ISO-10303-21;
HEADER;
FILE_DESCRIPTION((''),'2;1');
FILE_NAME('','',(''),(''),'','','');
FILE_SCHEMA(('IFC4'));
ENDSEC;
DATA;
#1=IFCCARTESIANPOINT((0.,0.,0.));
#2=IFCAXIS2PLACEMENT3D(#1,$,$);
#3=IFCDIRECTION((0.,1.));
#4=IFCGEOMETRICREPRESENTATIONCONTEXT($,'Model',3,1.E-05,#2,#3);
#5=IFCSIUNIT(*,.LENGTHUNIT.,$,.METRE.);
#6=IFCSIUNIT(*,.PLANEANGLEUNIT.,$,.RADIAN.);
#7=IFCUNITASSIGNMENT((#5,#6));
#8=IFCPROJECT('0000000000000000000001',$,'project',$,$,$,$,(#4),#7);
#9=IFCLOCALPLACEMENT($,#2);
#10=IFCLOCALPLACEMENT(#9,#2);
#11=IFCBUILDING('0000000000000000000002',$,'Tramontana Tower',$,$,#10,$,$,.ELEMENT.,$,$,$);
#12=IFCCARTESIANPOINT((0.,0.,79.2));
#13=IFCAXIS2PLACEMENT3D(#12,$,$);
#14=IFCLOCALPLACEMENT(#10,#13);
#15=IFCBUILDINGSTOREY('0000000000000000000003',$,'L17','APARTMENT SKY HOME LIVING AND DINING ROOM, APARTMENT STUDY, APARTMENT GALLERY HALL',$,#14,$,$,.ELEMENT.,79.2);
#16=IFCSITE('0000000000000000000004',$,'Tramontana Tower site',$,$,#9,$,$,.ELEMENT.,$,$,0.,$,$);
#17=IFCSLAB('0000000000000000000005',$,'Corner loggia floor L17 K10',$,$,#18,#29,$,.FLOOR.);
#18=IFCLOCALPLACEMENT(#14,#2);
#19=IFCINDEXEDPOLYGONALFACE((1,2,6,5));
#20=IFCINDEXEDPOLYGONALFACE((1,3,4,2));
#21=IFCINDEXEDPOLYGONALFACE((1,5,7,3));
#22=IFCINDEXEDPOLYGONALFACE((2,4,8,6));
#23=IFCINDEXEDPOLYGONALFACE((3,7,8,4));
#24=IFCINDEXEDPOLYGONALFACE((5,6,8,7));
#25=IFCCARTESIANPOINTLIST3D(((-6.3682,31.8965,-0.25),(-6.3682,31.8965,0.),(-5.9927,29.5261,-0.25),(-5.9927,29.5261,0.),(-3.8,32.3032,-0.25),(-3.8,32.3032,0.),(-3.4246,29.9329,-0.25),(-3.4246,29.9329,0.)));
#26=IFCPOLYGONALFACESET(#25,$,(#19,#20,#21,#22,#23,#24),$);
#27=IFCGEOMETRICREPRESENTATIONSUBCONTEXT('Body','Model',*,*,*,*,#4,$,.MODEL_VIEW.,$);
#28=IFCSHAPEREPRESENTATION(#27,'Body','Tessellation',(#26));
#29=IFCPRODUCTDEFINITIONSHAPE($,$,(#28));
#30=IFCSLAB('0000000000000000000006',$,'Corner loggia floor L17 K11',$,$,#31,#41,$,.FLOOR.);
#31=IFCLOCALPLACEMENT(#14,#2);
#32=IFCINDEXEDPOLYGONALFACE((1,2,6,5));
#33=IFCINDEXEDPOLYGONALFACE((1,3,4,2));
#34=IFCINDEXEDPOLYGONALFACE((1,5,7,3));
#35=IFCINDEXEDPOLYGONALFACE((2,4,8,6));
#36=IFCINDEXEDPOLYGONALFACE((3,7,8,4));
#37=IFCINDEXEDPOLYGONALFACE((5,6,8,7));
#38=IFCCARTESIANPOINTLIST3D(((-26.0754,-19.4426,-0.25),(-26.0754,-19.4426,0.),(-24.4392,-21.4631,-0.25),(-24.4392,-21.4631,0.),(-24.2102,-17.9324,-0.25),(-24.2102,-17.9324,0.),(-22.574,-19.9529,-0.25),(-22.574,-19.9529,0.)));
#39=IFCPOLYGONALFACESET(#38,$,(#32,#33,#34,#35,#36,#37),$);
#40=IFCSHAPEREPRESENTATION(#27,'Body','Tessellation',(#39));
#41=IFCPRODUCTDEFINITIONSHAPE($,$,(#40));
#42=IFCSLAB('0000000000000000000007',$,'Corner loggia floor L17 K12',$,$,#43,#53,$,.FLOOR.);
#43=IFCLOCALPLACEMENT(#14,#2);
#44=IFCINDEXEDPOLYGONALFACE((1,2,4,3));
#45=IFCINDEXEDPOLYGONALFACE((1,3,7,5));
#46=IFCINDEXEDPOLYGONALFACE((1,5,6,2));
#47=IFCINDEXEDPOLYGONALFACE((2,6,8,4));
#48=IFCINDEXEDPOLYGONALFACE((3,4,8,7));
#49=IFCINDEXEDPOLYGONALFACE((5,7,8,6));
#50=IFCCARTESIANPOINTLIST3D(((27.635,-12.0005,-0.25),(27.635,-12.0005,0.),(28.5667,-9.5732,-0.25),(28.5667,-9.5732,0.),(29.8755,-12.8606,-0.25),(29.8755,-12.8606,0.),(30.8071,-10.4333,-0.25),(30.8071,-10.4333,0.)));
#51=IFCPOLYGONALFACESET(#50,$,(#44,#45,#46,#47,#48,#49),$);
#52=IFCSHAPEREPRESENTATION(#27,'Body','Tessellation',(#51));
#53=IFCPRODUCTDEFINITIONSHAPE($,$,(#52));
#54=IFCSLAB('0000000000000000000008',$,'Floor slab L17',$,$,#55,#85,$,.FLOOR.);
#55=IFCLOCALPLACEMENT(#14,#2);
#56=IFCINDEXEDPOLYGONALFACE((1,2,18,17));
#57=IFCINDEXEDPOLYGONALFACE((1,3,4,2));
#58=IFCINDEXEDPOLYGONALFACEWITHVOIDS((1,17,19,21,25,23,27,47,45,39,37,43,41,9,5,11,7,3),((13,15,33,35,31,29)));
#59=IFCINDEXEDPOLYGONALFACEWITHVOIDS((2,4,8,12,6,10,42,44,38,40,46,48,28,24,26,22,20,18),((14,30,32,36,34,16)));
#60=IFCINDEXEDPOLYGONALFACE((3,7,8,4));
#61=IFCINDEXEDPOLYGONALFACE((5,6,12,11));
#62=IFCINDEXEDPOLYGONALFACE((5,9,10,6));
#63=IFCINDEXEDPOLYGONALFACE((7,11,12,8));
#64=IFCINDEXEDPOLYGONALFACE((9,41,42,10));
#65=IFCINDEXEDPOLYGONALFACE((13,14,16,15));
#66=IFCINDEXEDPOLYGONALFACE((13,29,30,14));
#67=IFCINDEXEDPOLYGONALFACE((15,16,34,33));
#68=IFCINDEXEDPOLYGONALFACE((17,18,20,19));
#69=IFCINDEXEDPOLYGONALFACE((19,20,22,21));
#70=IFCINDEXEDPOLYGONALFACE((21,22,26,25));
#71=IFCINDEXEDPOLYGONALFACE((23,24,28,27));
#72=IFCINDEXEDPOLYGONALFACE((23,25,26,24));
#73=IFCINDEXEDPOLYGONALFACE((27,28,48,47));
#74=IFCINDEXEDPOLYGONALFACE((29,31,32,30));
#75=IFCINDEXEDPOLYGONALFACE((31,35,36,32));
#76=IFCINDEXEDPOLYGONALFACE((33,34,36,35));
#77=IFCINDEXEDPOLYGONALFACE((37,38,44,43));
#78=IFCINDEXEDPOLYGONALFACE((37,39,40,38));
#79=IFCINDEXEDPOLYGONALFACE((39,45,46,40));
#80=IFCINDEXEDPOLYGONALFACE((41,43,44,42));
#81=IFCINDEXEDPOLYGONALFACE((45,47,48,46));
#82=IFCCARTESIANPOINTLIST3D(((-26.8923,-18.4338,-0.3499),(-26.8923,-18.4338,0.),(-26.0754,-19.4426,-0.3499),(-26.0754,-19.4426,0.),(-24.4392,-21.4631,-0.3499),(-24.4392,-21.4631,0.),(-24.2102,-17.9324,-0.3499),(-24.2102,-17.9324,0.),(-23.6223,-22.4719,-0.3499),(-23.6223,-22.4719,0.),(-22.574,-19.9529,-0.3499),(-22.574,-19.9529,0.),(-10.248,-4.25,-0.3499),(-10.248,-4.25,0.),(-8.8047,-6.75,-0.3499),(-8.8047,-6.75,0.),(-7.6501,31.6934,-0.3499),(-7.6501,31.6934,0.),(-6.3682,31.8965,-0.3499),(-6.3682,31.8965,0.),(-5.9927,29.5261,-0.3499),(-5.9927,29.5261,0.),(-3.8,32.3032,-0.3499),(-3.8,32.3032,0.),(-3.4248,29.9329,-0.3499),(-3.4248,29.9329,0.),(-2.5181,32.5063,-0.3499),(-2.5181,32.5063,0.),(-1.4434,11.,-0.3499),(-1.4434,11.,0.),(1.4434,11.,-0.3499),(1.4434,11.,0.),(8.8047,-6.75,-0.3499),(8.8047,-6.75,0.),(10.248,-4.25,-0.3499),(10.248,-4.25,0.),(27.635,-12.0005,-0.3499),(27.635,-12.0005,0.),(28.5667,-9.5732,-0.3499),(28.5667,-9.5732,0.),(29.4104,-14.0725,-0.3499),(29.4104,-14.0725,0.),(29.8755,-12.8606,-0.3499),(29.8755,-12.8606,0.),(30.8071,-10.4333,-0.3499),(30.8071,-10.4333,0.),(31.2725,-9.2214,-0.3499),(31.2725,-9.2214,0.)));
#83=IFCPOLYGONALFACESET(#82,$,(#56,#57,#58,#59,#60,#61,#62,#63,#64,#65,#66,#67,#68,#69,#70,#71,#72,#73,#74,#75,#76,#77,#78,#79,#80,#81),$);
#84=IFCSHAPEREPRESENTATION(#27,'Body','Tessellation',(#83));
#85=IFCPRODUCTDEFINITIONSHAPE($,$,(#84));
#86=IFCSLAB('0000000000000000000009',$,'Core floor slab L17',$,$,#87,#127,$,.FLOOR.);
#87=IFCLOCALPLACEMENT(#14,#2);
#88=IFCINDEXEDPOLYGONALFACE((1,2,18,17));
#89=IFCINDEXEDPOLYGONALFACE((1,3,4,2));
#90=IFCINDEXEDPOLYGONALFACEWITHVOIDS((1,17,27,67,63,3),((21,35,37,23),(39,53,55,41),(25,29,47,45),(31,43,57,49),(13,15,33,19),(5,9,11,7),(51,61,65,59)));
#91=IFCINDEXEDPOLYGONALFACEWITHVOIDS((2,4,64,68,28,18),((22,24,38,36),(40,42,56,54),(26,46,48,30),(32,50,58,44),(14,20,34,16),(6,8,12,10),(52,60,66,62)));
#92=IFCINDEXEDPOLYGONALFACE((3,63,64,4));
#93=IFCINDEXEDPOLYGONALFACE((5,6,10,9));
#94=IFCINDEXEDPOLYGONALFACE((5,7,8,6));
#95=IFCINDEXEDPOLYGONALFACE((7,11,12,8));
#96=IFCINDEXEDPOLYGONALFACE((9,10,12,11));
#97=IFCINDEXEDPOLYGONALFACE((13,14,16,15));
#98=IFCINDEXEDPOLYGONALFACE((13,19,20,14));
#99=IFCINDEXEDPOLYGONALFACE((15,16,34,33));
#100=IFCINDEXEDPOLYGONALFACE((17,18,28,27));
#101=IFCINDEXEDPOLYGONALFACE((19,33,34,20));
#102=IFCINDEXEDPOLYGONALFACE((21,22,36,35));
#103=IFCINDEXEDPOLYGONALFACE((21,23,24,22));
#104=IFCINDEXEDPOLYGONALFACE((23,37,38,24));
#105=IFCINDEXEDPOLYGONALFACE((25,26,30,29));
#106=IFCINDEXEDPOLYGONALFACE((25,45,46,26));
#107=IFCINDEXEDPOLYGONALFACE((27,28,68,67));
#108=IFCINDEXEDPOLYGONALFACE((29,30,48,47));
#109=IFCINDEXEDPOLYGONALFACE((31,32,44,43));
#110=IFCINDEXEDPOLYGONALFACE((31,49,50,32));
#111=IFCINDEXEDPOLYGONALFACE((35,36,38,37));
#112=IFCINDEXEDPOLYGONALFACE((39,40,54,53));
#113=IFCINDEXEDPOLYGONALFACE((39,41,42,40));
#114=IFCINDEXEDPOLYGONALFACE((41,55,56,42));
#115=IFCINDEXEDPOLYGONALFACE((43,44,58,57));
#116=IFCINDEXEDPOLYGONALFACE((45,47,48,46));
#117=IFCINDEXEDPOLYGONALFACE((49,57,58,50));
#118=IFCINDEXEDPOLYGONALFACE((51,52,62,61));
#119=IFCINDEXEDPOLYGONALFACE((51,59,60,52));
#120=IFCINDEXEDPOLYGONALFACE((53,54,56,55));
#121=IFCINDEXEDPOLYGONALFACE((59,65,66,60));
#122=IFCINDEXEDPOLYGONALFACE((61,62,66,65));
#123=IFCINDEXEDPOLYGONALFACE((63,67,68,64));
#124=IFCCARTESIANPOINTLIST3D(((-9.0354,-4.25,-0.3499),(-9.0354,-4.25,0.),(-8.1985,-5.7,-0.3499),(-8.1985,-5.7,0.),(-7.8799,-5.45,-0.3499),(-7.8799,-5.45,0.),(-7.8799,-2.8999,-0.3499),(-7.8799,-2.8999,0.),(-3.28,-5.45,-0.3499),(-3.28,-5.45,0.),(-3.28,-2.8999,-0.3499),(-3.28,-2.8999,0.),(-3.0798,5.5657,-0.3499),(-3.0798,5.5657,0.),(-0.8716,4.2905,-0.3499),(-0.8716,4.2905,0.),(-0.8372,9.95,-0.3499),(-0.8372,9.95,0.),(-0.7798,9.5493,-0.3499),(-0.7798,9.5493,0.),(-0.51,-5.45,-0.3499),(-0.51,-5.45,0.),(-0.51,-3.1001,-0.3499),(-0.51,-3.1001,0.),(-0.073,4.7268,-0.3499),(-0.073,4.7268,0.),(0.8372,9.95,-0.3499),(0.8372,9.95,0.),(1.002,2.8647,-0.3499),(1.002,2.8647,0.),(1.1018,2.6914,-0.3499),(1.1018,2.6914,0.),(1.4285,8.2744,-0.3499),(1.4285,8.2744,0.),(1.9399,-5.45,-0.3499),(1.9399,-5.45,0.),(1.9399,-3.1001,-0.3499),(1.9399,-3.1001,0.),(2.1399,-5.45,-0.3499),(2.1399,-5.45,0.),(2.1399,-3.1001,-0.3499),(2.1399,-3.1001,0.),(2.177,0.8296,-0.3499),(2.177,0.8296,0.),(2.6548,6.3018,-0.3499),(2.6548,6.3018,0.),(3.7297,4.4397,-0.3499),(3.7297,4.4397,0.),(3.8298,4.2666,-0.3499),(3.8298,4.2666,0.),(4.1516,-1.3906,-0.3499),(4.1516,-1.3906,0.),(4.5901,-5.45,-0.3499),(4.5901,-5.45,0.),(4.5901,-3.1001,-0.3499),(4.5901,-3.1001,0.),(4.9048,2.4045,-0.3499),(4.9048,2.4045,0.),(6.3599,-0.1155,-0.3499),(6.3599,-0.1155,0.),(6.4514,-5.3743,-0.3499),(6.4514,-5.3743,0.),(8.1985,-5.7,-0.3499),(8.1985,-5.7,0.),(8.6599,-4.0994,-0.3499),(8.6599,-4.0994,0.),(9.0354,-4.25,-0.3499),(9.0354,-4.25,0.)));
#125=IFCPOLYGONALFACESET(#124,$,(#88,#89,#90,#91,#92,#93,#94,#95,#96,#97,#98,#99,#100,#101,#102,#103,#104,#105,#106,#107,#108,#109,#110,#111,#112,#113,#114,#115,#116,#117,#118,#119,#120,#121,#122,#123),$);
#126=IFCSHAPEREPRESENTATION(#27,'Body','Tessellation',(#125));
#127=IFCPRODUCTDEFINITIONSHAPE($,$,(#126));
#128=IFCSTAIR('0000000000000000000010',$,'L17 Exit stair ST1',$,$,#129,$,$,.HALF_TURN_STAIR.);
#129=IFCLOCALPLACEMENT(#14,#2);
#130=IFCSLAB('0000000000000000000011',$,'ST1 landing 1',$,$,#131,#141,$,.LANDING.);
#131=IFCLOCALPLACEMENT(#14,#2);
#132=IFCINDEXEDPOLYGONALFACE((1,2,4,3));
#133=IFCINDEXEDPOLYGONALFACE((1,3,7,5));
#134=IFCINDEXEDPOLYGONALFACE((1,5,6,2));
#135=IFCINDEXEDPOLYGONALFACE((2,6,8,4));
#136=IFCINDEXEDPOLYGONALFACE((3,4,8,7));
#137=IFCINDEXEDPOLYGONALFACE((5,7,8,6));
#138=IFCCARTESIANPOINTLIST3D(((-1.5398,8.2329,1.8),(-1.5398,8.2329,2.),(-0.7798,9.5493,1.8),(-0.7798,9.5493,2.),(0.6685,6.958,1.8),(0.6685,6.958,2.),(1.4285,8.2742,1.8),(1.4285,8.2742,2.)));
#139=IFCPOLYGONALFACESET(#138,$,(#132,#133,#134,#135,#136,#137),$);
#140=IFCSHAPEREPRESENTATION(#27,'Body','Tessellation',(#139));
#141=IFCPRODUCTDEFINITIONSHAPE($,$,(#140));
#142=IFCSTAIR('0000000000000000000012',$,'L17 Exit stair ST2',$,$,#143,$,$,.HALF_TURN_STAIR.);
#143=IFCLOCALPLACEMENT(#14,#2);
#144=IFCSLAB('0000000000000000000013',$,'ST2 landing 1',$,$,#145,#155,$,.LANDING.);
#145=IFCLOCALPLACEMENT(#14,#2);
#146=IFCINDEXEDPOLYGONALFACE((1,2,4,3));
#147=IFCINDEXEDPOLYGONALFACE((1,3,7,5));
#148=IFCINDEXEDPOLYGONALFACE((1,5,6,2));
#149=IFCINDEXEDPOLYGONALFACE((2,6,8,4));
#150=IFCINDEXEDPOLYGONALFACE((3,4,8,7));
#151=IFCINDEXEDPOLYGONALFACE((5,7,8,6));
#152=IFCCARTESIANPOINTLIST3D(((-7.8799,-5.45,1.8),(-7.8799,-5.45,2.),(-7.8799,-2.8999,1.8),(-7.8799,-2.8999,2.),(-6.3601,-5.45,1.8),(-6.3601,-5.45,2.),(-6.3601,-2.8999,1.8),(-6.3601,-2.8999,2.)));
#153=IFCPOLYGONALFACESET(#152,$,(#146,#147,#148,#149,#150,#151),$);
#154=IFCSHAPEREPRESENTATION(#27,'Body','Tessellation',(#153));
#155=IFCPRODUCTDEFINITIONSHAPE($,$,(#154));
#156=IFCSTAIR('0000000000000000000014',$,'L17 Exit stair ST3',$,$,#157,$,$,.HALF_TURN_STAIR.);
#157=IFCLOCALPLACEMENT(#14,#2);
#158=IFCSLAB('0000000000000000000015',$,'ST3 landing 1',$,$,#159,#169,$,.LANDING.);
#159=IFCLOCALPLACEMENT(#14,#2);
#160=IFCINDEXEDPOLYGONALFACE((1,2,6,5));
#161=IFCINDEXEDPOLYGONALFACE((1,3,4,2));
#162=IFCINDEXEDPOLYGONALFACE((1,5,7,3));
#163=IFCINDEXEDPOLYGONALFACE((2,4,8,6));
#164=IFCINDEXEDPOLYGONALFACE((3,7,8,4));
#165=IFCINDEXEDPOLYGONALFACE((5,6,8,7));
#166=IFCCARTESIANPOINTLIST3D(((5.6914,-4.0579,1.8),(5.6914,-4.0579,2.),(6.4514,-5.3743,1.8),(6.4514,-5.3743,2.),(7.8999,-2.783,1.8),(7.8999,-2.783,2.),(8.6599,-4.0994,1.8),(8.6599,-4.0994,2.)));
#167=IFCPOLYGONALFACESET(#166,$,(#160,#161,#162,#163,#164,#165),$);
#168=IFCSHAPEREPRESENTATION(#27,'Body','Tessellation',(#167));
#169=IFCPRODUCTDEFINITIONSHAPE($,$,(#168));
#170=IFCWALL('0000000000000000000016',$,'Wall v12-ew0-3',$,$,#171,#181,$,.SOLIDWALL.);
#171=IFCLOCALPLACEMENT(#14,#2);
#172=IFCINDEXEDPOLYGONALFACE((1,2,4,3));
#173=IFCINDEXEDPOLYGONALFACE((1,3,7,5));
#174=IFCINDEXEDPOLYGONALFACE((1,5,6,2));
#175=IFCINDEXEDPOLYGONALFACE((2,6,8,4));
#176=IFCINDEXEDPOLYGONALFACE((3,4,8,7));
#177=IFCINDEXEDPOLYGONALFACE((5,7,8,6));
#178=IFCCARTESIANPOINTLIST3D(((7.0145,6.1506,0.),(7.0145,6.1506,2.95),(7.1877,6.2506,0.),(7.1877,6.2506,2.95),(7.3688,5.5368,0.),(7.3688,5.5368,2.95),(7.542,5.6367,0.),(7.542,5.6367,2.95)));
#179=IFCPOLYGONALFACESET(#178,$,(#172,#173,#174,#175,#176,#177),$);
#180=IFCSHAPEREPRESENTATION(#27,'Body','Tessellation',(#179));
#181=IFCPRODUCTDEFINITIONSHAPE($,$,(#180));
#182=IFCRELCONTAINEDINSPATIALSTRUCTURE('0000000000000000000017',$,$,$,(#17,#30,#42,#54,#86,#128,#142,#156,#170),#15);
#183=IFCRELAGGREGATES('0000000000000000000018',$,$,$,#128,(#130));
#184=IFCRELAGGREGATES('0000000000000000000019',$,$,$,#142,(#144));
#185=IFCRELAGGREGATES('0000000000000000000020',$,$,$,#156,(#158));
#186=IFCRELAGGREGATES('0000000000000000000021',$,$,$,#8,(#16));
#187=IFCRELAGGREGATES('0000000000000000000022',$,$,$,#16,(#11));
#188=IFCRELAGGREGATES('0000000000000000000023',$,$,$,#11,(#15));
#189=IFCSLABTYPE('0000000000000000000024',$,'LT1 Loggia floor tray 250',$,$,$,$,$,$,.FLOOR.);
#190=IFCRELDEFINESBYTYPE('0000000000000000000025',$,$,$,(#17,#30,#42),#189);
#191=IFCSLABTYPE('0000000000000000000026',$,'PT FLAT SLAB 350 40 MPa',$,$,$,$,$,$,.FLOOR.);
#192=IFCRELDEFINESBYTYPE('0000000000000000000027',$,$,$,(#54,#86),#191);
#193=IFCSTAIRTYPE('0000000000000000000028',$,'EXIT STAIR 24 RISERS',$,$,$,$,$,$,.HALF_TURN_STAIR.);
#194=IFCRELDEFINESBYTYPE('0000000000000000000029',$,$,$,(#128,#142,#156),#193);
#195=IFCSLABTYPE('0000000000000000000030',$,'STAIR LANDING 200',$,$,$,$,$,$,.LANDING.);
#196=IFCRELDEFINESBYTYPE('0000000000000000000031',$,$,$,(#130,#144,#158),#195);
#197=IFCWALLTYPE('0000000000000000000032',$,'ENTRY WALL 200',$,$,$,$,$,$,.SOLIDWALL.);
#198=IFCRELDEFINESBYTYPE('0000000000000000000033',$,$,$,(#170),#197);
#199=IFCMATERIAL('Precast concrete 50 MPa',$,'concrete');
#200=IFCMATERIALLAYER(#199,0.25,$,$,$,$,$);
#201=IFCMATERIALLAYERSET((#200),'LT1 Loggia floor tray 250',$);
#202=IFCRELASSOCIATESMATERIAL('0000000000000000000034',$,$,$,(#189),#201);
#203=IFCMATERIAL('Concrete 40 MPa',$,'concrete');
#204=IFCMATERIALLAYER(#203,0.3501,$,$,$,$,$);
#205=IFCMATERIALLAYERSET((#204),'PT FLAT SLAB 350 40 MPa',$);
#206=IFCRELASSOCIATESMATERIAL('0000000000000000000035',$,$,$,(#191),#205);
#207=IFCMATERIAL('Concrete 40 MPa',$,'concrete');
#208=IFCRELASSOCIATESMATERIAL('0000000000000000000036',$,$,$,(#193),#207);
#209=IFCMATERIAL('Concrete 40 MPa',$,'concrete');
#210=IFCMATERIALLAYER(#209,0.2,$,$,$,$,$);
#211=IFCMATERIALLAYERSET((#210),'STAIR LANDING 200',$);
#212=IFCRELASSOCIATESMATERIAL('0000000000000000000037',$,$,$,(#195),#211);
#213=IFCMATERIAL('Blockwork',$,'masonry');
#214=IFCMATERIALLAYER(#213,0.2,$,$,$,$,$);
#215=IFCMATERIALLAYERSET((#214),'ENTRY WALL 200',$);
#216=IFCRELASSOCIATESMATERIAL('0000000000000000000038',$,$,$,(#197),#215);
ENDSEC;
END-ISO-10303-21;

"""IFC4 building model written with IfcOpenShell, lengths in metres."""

from ifc_helpers import new_model, si_unit, direction, frame, frame_2d, origin, place, context, subcontext, project, spatial, polyline, rectangle, outline, extrude, material, layer, layer_set, type_object, element, aggregate, save


model = new_model("IFC4")

# Units and contexts
model_context = context("Model", 3, precision=1e-05, world=origin(), true_north=direction((0.0, 1.0)))
body_context = subcontext(model_context, "Body", "Model", "MODEL_VIEW")
ifc_project = project(units=[si_unit("LENGTHUNIT", "METRE"), si_unit("PLANEANGLEUNIT", "RADIAN")], contexts=[model_context])

# Site, building, storey
site_placement = place(None, origin())
site = spatial("IfcSite", under=ifc_project, at=site_placement, Name="Tramontana Tower site", CompositionType="ELEMENT", RefElevation=0.0)
building_placement = place(site_placement, origin())
building = spatial("IfcBuilding", under=site, at=building_placement, Name="Tramontana Tower", CompositionType="ELEMENT")
storey_placement = place(building_placement, frame((0.0, 0.0, 79.2)))
storey = spatial("IfcBuildingStorey", under=building, at=storey_placement, Name="L17", Description="APARTMENT SKY HOME LIVING AND DINING ROOM, APARTMENT STUDY, APARTMENT GALLERY HALL", CompositionType="ELEMENT", Elevation=79.2)

# Slabs
ifc_material_1 = material(Name="Precast concrete 50 MPa", Category="concrete")
ifc_layer_1 = layer(ifc_material_1, 0.25)
ifc_layer_set_1 = layer_set([ifc_layer_1], Name="LT1 Loggia floor tray 250")
slab_type_1 = type_object("IfcSlabType", Name="LT1 Loggia floor tray 250", PredefinedType="FLOOR", material=ifc_layer_set_1)
slab_1_placement = place(storey_placement, frame((0.0, 0.0, -0.25)))
element("IfcSlab", 1, at=slab_1_placement, inside=storey, type_object=slab_type_1, Name="Corner loggia floor L17 K10", PredefinedType="FLOOR", context=body_context, shape_type="SweptSolid", body=[
    extrude(outline(polyline([(-3.8, 32.3032), (-3.4246, 29.9329), (-5.9927, 29.5261), (-6.3682, 31.8965), (-3.8, 32.3032)])), origin(), (0.0, 0.0, 1.0), 0.25),
])
slab_2_placement = place(storey_placement, frame((0.0, 0.0, -0.25)))
element("IfcSlab", 2, at=slab_2_placement, inside=storey, type_object=slab_type_1, Name="Corner loggia floor L17 K11", PredefinedType="FLOOR", context=body_context, shape_type="SweptSolid", body=[
    extrude(outline(polyline([(-26.0754, -19.4426), (-24.2102, -17.9324), (-22.574, -19.9529), (-24.4392, -21.4631), (-26.0754, -19.4426)])), origin(), (0.0, 0.0, 1.0), 0.25),
])
slab_3_placement = place(storey_placement, frame((0.0, 0.0, -0.25)))
element("IfcSlab", 3, at=slab_3_placement, inside=storey, type_object=slab_type_1, Name="Corner loggia floor L17 K12", PredefinedType="FLOOR", context=body_context, shape_type="SweptSolid", body=[
    extrude(outline(polyline([(29.8755, -12.8606), (27.635, -12.0005), (28.5667, -9.5732), (30.8071, -10.4333), (29.8755, -12.8606)])), origin(), (0.0, 0.0, 1.0), 0.25),
])
ifc_material_2 = material(Name="Concrete 40 MPa", Category="concrete")
ifc_layer_2 = layer(ifc_material_2, 0.3501)
ifc_layer_set_2 = layer_set([ifc_layer_2], Name="PT FLAT SLAB 350 40 MPa")
slab_type_2 = type_object("IfcSlabType", Name="PT FLAT SLAB 350 40 MPa", PredefinedType="FLOOR", material=ifc_layer_set_2)
slab_4_placement = place(storey_placement, frame((0.0, 0.0, -0.3499)))
element("IfcSlab", 4, at=slab_4_placement, inside=storey, type_object=slab_type_2, Name="Floor slab L17", PredefinedType="FLOOR", context=body_context, shape_type="SweptSolid", body=[
    extrude(outline(polyline([(30.8071, -10.4333), (28.5667, -9.5732), (27.635, -12.0005), (29.8755, -12.8606), (29.4104, -14.0725), (-23.6223, -22.4719), (-24.4392, -21.4631), (-22.574, -19.9529), (-24.2102, -17.9324), (-26.0754, -19.4426), (-26.8923, -18.4338), (-7.6501, 31.6934), (-6.3682, 31.8965), (-5.9927, 29.5261), (-3.4248, 29.9329), (-3.8, 32.3032), (-2.5181, 32.5063), (31.2725, -9.2214), (30.8071, -10.4333)]), holes=[polyline([(-10.248, -4.25), (-8.8047, -6.75), (8.8047, -6.75), (10.248, -4.25), (1.4434, 11.0), (-1.4434, 11.0), (-10.248, -4.25)])]), origin(), (0.0, 0.0, 1.0), 0.3499),
])
slab_5_placement = place(storey_placement, frame((0.0, 0.0, -0.3499)))
element("IfcSlab", 5, at=slab_5_placement, inside=storey, type_object=slab_type_2, Name="Core floor slab L17", PredefinedType="FLOOR", context=body_context, shape_type="SweptSolid", body=[
    extrude(outline(polyline([(9.0354, -4.25), (8.1985, -5.7), (-8.1985, -5.7), (-9.0354, -4.25), (-0.8372, 9.95), (0.8372, 9.95), (9.0354, -4.25)]), holes=[polyline([(8.6599, -4.0994), (6.3599, -0.1155), (4.1516, -1.3906), (6.4514, -5.3743), (8.6599, -4.0994)]), polyline([(3.8298, 4.2666), (1.1018, 2.6914), (2.177, 0.8296), (4.9048, 2.4045), (3.8298, 4.2666)]), polyline([(4.5901, -3.1001), (2.1399, -3.1001), (2.1399, -5.45), (4.5901, -5.45), (4.5901, -3.1001)]), polyline([(2.6548, 6.3018), (-0.073, 4.7268), (1.002, 2.8647), (3.7297, 4.4397), (2.6548, 6.3018)]), polyline([(1.9399, -5.45), (1.9399, -3.1001), (-0.51, -3.1001), (-0.51, -5.45), (1.9399, -5.45)]), polyline([(-0.7798, 9.5493), (-3.0798, 5.5657), (-0.8716, 4.2905), (1.4285, 8.2744), (-0.7798, 9.5493)]), polyline([(-7.8799, -5.45), (-3.28, -5.45), (-3.28, -2.8999), (-7.8799, -2.8999), (-7.8799, -5.45)])]), origin(), (0.0, 0.0, 1.0), 0.3499),
])

# Stairs, slabs
ifc_material_3 = material(Name="Concrete 40 MPa", Category="concrete")
stair_type = type_object("IfcStairType", Name="EXIT STAIR 24 RISERS", PredefinedType="HALF_TURN_STAIR", material=ifc_material_3)
stair_1_placement = place(storey_placement, origin())
stair_1 = element("IfcStair", 6, at=stair_1_placement, inside=storey, type_object=stair_type, Name="L17 Exit stair ST1", PredefinedType="HALF_TURN_STAIR")
ifc_material_4 = material(Name="Concrete 40 MPa", Category="concrete")
ifc_layer_3 = layer(ifc_material_4, 0.2)
ifc_layer_set_3 = layer_set([ifc_layer_3], Name="STAIR LANDING 200")
slab_type_3 = type_object("IfcSlabType", Name="STAIR LANDING 200", PredefinedType="LANDING", material=ifc_layer_set_3)
slab_6_placement = place(storey_placement, frame((0.0, 0.0, 1.8)))
slab_6 = element("IfcSlab", 7, at=slab_6_placement, type_object=slab_type_3, Name="ST1 landing 1", PredefinedType="LANDING", context=body_context, shape_type="SweptSolid", body=[
    extrude(outline(polyline([(0.6685, 6.958), (1.4285, 8.2742), (-0.7798, 9.5493), (-1.5398, 8.2329), (0.6685, 6.958)])), origin(), (0.0, 0.0, 1.0), 0.2),
])
aggregate(stair_1, [slab_6])
stair_2_placement = place(storey_placement, origin())
stair_2 = element("IfcStair", 8, at=stair_2_placement, inside=storey, type_object=stair_type, Name="L17 Exit stair ST2", PredefinedType="HALF_TURN_STAIR")
slab_7_placement = place(storey_placement, frame((0.0, 0.0, 1.8)))
slab_7 = element("IfcSlab", 9, at=slab_7_placement, type_object=slab_type_3, Name="ST2 landing 1", PredefinedType="LANDING", context=body_context, shape_type="SweptSolid", body=[
    extrude(outline(polyline([(-6.3601, -2.8999), (-7.8799, -2.8999), (-7.8799, -5.45), (-6.3601, -5.45), (-6.3601, -2.8999)])), origin(), (0.0, 0.0, 1.0), 0.2),
])
aggregate(stair_2, [slab_7])
stair_3_placement = place(storey_placement, origin())
stair_3 = element("IfcStair", 10, at=stair_3_placement, inside=storey, type_object=stair_type, Name="L17 Exit stair ST3", PredefinedType="HALF_TURN_STAIR")
slab_8_placement = place(storey_placement, frame((0.0, 0.0, 1.8)))
slab_8 = element("IfcSlab", 11, at=slab_8_placement, type_object=slab_type_3, Name="ST3 landing 1", PredefinedType="LANDING", context=body_context, shape_type="SweptSolid", body=[
    extrude(outline(polyline([(5.6914, -4.0579), (6.4514, -5.3743), (8.6599, -4.0994), (7.8999, -2.783), (5.6914, -4.0579)])), origin(), (0.0, 0.0, 1.0), 0.2),
])

# Wall
ifc_material_5 = material(Name="Blockwork", Category="masonry")
ifc_layer_4 = layer(ifc_material_5, 0.2)
ifc_layer_set_4 = layer_set([ifc_layer_4], Name="ENTRY WALL 200")
wall_type_1 = type_object("IfcWallType", Name="ENTRY WALL 200", PredefinedType="SOLIDWALL", material=ifc_layer_set_4)
wall_1_placement = place(storey_placement, frame((7.1011, 6.2007, 0.0), z_axis=(0.0, 0.0, 1.0), x_axis=(0.499882, -0.866094, 0.0)))
element("IfcWall", 12, at=wall_1_placement, inside=storey, type_object=wall_type_1, Name="Wall v12-ew0-3", PredefinedType="SOLIDWALL", context=body_context, shape_type="SweptSolid", body=[
    extrude(rectangle(XDim=0.7087, YDim=0.2, at=frame_2d((0.3545, 0.0))), origin(), (0.0, 0.0, 1.0), 2.95),
])

aggregate(stair_3, [slab_8])

save(model, "model.ifc")
